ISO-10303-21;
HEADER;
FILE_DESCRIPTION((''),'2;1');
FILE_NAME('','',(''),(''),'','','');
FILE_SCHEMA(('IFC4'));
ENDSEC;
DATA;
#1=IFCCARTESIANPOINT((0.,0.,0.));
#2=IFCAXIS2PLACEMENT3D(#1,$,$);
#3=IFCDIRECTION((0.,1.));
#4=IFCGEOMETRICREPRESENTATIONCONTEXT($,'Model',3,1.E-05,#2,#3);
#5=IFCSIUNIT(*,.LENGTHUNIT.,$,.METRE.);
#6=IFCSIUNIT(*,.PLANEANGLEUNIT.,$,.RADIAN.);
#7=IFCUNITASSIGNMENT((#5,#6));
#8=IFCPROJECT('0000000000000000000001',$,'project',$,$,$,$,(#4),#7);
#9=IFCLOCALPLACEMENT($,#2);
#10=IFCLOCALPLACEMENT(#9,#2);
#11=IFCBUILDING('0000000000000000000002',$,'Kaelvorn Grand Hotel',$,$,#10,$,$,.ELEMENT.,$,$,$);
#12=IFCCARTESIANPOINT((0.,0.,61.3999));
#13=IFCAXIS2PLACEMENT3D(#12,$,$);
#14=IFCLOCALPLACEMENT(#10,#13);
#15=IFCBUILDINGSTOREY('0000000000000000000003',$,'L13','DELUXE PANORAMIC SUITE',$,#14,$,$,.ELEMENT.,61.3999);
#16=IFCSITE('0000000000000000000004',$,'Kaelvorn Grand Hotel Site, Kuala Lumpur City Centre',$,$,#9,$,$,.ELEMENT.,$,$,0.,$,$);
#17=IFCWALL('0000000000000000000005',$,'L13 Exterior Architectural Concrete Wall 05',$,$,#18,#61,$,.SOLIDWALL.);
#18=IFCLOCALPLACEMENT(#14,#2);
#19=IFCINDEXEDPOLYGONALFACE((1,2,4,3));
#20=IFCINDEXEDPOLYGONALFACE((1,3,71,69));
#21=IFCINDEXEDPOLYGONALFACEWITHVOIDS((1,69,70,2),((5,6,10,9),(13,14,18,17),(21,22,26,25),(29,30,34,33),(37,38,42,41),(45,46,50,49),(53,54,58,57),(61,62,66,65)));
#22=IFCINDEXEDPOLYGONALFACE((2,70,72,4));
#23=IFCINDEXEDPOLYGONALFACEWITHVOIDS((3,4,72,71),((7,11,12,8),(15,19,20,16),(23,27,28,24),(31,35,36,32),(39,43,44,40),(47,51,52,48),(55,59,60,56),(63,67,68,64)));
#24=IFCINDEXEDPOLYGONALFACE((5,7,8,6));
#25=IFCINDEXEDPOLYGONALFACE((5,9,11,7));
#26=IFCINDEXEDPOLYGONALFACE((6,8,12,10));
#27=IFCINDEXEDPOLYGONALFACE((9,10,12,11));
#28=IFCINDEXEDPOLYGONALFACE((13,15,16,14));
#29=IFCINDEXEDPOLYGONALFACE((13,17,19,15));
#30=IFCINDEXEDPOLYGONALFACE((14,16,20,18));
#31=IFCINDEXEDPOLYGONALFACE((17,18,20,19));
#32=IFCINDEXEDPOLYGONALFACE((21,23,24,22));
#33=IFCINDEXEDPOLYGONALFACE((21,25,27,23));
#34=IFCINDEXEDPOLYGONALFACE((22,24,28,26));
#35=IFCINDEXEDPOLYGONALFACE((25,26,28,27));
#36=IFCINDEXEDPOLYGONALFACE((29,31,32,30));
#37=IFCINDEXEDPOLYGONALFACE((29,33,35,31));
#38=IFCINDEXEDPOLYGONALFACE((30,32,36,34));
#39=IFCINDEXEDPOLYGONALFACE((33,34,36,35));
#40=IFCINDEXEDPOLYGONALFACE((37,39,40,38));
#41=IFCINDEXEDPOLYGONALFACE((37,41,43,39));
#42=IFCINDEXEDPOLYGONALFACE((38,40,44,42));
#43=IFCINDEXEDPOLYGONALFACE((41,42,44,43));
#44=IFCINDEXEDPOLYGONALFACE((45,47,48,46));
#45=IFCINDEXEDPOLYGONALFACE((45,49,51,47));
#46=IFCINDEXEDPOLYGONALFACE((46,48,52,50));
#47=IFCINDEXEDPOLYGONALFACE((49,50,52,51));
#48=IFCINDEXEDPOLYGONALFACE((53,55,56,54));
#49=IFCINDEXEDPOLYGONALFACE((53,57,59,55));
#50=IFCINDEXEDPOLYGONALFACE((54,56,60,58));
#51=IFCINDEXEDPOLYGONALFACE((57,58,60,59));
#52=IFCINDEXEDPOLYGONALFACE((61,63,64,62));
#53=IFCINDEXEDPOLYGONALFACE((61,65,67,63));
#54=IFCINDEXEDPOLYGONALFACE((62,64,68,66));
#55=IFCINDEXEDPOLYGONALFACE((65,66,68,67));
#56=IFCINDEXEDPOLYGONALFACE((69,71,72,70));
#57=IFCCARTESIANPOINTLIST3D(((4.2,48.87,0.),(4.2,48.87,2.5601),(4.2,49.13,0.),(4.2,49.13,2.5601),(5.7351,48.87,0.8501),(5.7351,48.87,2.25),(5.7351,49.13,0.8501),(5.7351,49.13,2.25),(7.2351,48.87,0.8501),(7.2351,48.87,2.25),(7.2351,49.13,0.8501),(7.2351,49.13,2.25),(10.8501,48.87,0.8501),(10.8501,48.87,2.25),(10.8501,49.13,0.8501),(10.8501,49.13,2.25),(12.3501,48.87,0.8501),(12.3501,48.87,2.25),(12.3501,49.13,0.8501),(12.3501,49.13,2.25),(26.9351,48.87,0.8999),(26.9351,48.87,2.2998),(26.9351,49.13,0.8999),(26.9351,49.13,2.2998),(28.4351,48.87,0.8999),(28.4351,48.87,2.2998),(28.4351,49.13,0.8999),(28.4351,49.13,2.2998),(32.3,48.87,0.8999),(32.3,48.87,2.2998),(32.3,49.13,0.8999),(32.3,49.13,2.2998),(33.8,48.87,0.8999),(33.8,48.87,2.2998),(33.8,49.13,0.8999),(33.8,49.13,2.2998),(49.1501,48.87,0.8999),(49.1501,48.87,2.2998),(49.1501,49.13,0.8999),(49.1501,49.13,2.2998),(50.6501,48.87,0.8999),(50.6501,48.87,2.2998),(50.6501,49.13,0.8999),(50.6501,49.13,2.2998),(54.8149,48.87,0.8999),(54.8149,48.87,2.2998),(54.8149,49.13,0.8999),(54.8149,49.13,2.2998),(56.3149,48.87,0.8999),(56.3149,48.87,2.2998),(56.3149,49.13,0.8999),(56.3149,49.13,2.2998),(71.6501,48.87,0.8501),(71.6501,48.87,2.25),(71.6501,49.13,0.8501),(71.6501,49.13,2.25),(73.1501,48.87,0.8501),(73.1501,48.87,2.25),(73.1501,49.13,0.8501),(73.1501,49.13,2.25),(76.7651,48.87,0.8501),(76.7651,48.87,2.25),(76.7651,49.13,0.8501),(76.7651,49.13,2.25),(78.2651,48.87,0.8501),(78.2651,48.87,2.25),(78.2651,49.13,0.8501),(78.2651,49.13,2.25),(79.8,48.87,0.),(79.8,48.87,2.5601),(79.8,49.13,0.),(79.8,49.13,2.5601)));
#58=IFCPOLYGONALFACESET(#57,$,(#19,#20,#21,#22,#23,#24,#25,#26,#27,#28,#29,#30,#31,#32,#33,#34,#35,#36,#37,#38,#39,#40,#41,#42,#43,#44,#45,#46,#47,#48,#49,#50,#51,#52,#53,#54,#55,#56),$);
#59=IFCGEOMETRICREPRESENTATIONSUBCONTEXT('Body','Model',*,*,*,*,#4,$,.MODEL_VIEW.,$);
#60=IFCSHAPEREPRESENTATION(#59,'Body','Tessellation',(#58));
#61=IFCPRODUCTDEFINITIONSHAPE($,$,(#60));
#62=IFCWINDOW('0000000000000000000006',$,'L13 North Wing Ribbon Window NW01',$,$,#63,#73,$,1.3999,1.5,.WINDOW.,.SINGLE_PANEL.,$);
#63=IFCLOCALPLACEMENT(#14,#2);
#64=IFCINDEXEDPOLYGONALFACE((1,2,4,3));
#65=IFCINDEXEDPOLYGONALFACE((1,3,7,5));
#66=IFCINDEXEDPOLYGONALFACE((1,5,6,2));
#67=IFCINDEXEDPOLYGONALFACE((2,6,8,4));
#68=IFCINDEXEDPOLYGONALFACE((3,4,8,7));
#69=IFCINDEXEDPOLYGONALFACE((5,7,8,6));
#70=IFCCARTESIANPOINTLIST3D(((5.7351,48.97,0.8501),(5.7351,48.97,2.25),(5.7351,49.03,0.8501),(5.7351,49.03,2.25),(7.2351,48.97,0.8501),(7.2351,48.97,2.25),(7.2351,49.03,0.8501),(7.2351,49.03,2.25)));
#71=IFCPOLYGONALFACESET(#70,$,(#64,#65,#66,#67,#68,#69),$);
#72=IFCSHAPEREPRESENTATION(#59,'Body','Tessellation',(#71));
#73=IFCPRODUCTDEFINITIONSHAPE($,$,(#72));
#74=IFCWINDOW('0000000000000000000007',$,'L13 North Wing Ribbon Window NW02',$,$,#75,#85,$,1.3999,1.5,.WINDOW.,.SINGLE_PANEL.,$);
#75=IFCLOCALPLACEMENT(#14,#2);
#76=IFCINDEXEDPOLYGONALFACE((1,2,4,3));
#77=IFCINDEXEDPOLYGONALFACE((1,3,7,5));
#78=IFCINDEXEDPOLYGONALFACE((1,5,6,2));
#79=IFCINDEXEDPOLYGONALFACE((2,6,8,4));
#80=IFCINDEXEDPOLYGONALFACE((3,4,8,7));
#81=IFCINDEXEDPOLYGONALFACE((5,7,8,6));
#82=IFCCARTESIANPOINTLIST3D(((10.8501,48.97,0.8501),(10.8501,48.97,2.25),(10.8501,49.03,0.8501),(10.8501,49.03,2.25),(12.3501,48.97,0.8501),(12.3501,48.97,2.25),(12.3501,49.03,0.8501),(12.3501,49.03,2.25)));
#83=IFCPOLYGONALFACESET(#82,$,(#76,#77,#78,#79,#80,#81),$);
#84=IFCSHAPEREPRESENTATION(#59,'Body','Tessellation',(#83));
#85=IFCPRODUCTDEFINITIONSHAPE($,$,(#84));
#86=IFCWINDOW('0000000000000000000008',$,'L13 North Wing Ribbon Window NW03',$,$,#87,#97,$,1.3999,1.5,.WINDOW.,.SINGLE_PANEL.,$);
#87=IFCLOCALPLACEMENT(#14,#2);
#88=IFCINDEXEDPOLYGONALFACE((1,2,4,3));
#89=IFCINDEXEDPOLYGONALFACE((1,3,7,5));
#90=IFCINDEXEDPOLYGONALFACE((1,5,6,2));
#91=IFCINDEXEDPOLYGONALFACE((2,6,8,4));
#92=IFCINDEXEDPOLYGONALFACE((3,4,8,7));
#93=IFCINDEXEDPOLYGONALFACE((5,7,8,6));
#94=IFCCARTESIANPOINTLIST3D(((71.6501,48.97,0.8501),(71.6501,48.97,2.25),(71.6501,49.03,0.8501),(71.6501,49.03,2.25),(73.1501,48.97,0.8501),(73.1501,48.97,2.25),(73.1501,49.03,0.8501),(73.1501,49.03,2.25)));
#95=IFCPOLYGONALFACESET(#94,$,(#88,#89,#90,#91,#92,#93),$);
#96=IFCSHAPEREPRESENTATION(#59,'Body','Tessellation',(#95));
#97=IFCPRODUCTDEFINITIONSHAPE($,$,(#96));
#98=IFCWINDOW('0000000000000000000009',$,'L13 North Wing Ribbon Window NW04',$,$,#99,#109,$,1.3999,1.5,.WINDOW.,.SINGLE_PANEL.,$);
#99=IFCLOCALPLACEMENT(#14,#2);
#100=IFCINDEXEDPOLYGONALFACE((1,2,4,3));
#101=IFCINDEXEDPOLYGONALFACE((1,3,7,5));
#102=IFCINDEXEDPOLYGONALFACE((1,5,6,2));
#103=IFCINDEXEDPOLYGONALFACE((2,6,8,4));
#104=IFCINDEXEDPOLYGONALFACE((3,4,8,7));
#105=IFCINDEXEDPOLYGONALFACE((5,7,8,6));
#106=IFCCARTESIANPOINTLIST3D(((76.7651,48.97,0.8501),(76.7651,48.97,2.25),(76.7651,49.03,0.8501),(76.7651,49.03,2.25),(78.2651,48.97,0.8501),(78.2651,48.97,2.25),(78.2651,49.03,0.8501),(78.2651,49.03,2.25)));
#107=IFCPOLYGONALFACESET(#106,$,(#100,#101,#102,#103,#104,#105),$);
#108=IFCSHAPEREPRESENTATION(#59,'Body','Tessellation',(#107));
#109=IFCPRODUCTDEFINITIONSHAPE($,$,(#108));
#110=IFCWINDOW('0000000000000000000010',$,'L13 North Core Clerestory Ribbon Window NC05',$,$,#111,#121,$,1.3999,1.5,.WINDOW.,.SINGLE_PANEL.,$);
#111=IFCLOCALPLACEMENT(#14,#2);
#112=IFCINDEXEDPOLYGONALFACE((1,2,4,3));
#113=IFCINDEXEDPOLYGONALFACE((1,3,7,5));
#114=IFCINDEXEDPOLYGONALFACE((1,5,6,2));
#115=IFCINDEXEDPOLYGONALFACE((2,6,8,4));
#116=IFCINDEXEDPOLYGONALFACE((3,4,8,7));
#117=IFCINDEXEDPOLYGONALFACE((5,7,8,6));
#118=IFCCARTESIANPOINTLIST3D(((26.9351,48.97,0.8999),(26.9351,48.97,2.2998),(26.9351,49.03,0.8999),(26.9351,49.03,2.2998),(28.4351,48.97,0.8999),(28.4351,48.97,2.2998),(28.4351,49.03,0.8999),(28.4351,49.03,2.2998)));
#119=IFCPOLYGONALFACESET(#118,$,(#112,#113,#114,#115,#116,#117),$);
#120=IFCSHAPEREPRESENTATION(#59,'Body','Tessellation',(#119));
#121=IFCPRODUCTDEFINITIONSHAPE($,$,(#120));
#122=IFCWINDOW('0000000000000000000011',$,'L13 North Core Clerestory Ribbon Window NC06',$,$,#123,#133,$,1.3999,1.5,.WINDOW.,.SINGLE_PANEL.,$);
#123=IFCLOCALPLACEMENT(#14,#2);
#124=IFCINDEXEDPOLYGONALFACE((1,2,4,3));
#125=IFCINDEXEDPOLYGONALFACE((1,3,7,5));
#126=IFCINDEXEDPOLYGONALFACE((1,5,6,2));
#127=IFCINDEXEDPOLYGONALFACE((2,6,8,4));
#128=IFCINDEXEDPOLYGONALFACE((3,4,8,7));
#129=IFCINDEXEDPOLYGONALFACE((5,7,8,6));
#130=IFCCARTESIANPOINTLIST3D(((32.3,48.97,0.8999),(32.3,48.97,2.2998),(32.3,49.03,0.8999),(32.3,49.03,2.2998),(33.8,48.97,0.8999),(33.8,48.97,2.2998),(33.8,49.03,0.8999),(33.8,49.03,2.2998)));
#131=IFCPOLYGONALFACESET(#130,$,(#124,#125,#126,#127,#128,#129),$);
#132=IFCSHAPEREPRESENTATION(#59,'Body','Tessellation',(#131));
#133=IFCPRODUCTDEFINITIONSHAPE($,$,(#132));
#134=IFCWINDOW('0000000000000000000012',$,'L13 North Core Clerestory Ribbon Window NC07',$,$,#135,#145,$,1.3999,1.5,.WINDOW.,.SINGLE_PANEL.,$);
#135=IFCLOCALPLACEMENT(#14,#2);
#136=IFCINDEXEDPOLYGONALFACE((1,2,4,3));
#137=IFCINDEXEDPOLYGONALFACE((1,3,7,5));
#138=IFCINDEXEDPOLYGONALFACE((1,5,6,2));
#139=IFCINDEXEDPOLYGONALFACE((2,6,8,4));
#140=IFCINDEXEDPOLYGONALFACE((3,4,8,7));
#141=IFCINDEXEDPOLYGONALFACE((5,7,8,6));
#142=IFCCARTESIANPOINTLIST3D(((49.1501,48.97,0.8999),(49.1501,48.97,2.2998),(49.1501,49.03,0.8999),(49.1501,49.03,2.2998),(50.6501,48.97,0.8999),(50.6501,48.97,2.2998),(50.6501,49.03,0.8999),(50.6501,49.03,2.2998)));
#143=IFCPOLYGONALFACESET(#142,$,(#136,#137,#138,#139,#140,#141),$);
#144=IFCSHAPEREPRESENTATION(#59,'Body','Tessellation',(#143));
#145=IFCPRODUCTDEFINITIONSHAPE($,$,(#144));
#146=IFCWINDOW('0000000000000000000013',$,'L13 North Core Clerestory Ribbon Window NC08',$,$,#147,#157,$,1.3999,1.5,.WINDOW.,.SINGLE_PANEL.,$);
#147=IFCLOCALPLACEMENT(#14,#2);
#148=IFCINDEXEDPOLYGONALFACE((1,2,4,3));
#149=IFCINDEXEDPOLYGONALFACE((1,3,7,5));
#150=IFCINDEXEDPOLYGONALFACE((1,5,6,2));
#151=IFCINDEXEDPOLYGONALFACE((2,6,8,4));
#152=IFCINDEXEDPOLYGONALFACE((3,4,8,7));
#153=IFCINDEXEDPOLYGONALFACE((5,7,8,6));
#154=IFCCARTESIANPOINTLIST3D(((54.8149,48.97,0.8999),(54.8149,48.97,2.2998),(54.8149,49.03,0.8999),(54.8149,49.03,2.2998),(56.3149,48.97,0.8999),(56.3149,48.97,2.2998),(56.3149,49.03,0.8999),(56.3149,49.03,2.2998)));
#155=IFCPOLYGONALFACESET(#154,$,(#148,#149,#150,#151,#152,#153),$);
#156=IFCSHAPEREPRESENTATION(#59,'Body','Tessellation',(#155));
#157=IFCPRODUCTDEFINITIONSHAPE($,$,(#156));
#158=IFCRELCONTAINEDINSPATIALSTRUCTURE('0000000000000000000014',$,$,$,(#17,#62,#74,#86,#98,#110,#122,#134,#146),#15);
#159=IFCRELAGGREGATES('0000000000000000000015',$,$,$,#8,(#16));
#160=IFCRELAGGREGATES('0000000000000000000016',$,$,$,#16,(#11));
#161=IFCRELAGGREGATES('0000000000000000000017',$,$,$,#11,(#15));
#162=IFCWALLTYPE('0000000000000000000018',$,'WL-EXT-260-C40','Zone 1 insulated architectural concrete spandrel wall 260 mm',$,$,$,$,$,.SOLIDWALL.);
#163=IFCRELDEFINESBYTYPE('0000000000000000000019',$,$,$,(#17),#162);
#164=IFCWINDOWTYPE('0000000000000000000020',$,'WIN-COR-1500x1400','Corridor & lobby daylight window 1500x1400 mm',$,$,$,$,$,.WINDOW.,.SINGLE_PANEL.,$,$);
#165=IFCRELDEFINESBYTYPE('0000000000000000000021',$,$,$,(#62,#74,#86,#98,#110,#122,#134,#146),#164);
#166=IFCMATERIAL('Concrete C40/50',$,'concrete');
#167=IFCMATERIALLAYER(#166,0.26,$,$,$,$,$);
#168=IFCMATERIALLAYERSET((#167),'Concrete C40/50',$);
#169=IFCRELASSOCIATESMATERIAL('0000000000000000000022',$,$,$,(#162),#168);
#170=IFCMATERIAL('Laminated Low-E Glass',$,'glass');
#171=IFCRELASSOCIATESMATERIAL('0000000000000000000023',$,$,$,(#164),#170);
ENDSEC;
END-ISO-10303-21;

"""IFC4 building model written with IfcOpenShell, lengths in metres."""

from ifc_helpers import new_model, si_unit, direction, frame, frame_2d, origin, place, context, subcontext, project, spatial, rectangle, extrude, material, layer, layer_set, type_object, element, fill, save


model = new_model("IFC4")

# Units and contexts
model_context = context("Model", 3, precision=1e-05, world=origin(), true_north=direction((0.0, 1.0)))
body_context = subcontext(model_context, "Body", "Model", "MODEL_VIEW")
ifc_project = project(units=[si_unit("LENGTHUNIT", "METRE"), si_unit("PLANEANGLEUNIT", "RADIAN")], contexts=[model_context])

# Site, building, storey
site_placement = place(None, origin())
site = spatial("IfcSite", under=ifc_project, at=site_placement, Name="Kaelvorn Grand Hotel Site, Kuala Lumpur City Centre", CompositionType="ELEMENT", RefElevation=0.0)
building_placement = place(site_placement, origin())
building = spatial("IfcBuilding", under=site, at=building_placement, Name="Kaelvorn Grand Hotel", CompositionType="ELEMENT")
storey_placement = place(building_placement, frame((0.0, 0.0, 61.3999)))
storey = spatial("IfcBuildingStorey", under=building, at=storey_placement, Name="L13", Description="DELUXE PANORAMIC SUITE", CompositionType="ELEMENT", Elevation=61.3999)

# Shared definitions
ifc_material_1 = material(Name="Concrete C40/50", Category="concrete")
ifc_layer_1 = layer(ifc_material_1, 0.26)
ifc_layer_set_1 = layer_set([ifc_layer_1], Name="Concrete C40/50")
wall_type = type_object("IfcWallType", Name="WL-EXT-260-C40", Description="Zone 1 insulated architectural concrete spandrel wall 260 mm", PredefinedType="SOLIDWALL", material=ifc_layer_set_1)

# Wall, openings, windows
wall_1_placement = place(storey_placement, frame((79.8, 49.0, 0.0), z_axis=(0.0, 0.0, 1.0), x_axis=(-1.0, 0.0, 0.0)))
wall_1 = element("IfcWall", 1, at=wall_1_placement, inside=storey, type_object=wall_type, Name="L13 Exterior Architectural Concrete Wall 05", PredefinedType="SOLIDWALL", context=body_context, shape_type="SweptSolid", body=[
    extrude(rectangle(XDim=75.6001, YDim=0.26, at=frame_2d((37.8, 0.0))), origin(), (0.0, 0.0, 1.0), 2.5601),
])
opening_1_placement = place(wall_1_placement, frame((72.5649, 0.0, 0.8501)))
opening_1 = element("IfcOpeningElement", 2, at=opening_1_placement, cuts=wall_1, PredefinedType="OPENING", context=body_context, shape_type="SweptSolid", body=[
    extrude(rectangle(XDim=1.5, YDim=1.3999, at=frame_2d((0.75, 0.7))), frame((0.0, 0.1401, 0.0), z_axis=(0.0, -1.0, 0.0), x_axis=(1.0, 0.0, 0.0)), (0.0, 0.0, 1.0), 0.28),
])
opening_2_placement = place(wall_1_placement, frame((67.45, 0.0, 0.8501)))
opening_2 = element("IfcOpeningElement", 3, at=opening_2_placement, cuts=wall_1, PredefinedType="OPENING", context=body_context, shape_type="SweptSolid", body=[
    extrude(rectangle(XDim=1.5, YDim=1.3999, at=frame_2d((0.75, 0.7))), frame((0.0, 0.1401, 0.0), z_axis=(0.0, -1.0, 0.0), x_axis=(1.0, 0.0, 0.0)), (0.0, 0.0, 1.0), 0.28),
])
opening_3_placement = place(wall_1_placement, frame((6.6499, 0.0, 0.8501)))
opening_3 = element("IfcOpeningElement", 4, at=opening_3_placement, cuts=wall_1, PredefinedType="OPENING", context=body_context, shape_type="SweptSolid", body=[
    extrude(rectangle(XDim=1.5, YDim=1.3999, at=frame_2d((0.75, 0.7))), frame((0.0, 0.1401, 0.0), z_axis=(0.0, -1.0, 0.0), x_axis=(1.0, 0.0, 0.0)), (0.0, 0.0, 1.0), 0.28),
])
opening_4_placement = place(wall_1_placement, frame((1.5349, 0.0, 0.8501)))
opening_4 = element("IfcOpeningElement", 5, at=opening_4_placement, cuts=wall_1, PredefinedType="OPENING", context=body_context, shape_type="SweptSolid", body=[
    extrude(rectangle(XDim=1.5, YDim=1.3999, at=frame_2d((0.75, 0.7))), frame((0.0, 0.1401, 0.0), z_axis=(0.0, -1.0, 0.0), x_axis=(1.0, 0.0, 0.0)), (0.0, 0.0, 1.0), 0.28),
])
opening_5_placement = place(wall_1_placement, frame((51.365, 0.0, 0.8999)))
opening_5 = element("IfcOpeningElement", 6, at=opening_5_placement, cuts=wall_1, PredefinedType="OPENING", context=body_context, shape_type="SweptSolid", body=[
    extrude(rectangle(XDim=1.5, YDim=1.3999, at=frame_2d((0.75, 0.7))), frame((0.0, 0.1401, 0.0), z_axis=(0.0, -1.0, 0.0), x_axis=(1.0, 0.0, 0.0)), (0.0, 0.0, 1.0), 0.28),
])
opening_6_placement = place(wall_1_placement, frame((46.0, 0.0, 0.8999)))
opening_6 = element("IfcOpeningElement", 7, at=opening_6_placement, cuts=wall_1, PredefinedType="OPENING", context=body_context, shape_type="SweptSolid", body=[
    extrude(rectangle(XDim=1.5, YDim=1.3999, at=frame_2d((0.75, 0.7))), frame((0.0, 0.1401, 0.0), z_axis=(0.0, -1.0, 0.0), x_axis=(1.0, 0.0, 0.0)), (0.0, 0.0, 1.0), 0.28),
])
opening_7_placement = place(wall_1_placement, frame((29.1499, 0.0, 0.8999)))
opening_7 = element("IfcOpeningElement", 8, at=opening_7_placement, cuts=wall_1, PredefinedType="OPENING", context=body_context, shape_type="SweptSolid", body=[
    extrude(rectangle(XDim=1.5, YDim=1.3999, at=frame_2d((0.75, 0.7))), frame((0.0, 0.1401, 0.0), z_axis=(0.0, -1.0, 0.0), x_axis=(1.0, 0.0, 0.0)), (0.0, 0.0, 1.0), 0.28),
])
opening_8_placement = place(wall_1_placement, frame((23.4851, 0.0, 0.8999)))
opening_8 = element("IfcOpeningElement", 9, at=opening_8_placement, cuts=wall_1, PredefinedType="OPENING", context=body_context, shape_type="SweptSolid", body=[
    extrude(rectangle(XDim=1.5, YDim=1.3999, at=frame_2d((0.75, 0.7))), frame((0.0, 0.1401, 0.0), z_axis=(0.0, -1.0, 0.0), x_axis=(1.0, 0.0, 0.0)), (0.0, 0.0, 1.0), 0.28),
])
ifc_material_2 = material(Name="Laminated Low-E Glass", Category="glass")
window_type = type_object("IfcWindowType", Name="WIN-COR-1500x1400", Description="Corridor & lobby daylight window 1500x1400 mm", PartitioningType="SINGLE_PANEL", PredefinedType="WINDOW", material=ifc_material_2)
window_1_placement = place(opening_1_placement, origin())
window_1 = element("IfcWindow", 10, at=window_1_placement, inside=storey, type_object=window_type, Name="L13 North Wing Ribbon Window NW01", OverallHeight=1.3999, OverallWidth=1.5, PartitioningType="SINGLE_PANEL", PredefinedType="WINDOW", context=body_context, shape_type="SweptSolid", body=[
    extrude(rectangle(XDim=1.5, YDim=1.3999, at=frame_2d((0.75, 0.7))), frame((0.0, 0.03, 0.0), z_axis=(0.0, -1.0, 0.0), x_axis=(1.0, 0.0, 0.0)), (0.0, 0.0, 1.0), 0.0601),
])
fill(opening_1, window_1)
window_2_placement = place(opening_2_placement, origin())
window_2 = element("IfcWindow", 11, at=window_2_placement, inside=storey, type_object=window_type, Name="L13 North Wing Ribbon Window NW02", OverallHeight=1.3999, OverallWidth=1.5, PartitioningType="SINGLE_PANEL", PredefinedType="WINDOW", context=body_context, shape_type="SweptSolid", body=[
    extrude(rectangle(XDim=1.5, YDim=1.3999, at=frame_2d((0.75, 0.7))), frame((0.0, 0.03, 0.0), z_axis=(0.0, -1.0, 0.0), x_axis=(1.0, 0.0, 0.0)), (0.0, 0.0, 1.0), 0.0601),
])
fill(opening_2, window_2)
window_3_placement = place(opening_3_placement, origin())
window_3 = element("IfcWindow", 12, at=window_3_placement, inside=storey, type_object=window_type, Name="L13 North Wing Ribbon Window NW03", OverallHeight=1.3999, OverallWidth=1.5, PartitioningType="SINGLE_PANEL", PredefinedType="WINDOW", context=body_context, shape_type="SweptSolid", body=[
    extrude(rectangle(XDim=1.5, YDim=1.3999, at=frame_2d((0.75, 0.7))), frame((0.0, 0.03, 0.0), z_axis=(0.0, -1.0, 0.0), x_axis=(1.0, 0.0, 0.0)), (0.0, 0.0, 1.0), 0.0601),
])
fill(opening_3, window_3)
window_4_placement = place(opening_4_placement, origin())
window_4 = element("IfcWindow", 13, at=window_4_placement, inside=storey, type_object=window_type, Name="L13 North Wing Ribbon Window NW04", OverallHeight=1.3999, OverallWidth=1.5, PartitioningType="SINGLE_PANEL", PredefinedType="WINDOW", context=body_context, shape_type="SweptSolid", body=[
    extrude(rectangle(XDim=1.5, YDim=1.3999, at=frame_2d((0.75, 0.7))), frame((0.0, 0.03, 0.0), z_axis=(0.0, -1.0, 0.0), x_axis=(1.0, 0.0, 0.0)), (0.0, 0.0, 1.0), 0.0601),
])
fill(opening_4, window_4)
window_5_placement = place(opening_5_placement, origin())
window_5 = element("IfcWindow", 14, at=window_5_placement, inside=storey, type_object=window_type, Name="L13 North Core Clerestory Ribbon Window NC05", OverallHeight=1.3999, OverallWidth=1.5, PartitioningType="SINGLE_PANEL", PredefinedType="WINDOW", context=body_context, shape_type="SweptSolid", body=[
    extrude(rectangle(XDim=1.5, YDim=1.3999, at=frame_2d((0.75, 0.7))), frame((0.0, 0.03, 0.0), z_axis=(0.0, -1.0, 0.0), x_axis=(1.0, 0.0, 0.0)), (0.0, 0.0, 1.0), 0.0601),
])
fill(opening_5, window_5)
window_6_placement = place(opening_6_placement, origin())
window_6 = element("IfcWindow", 15, at=window_6_placement, inside=storey, type_object=window_type, Name="L13 North Core Clerestory Ribbon Window NC06", OverallHeight=1.3999, OverallWidth=1.5, PartitioningType="SINGLE_PANEL", PredefinedType="WINDOW", context=body_context, shape_type="SweptSolid", body=[
    extrude(rectangle(XDim=1.5, YDim=1.3999, at=frame_2d((0.75, 0.7))), frame((0.0, 0.03, 0.0), z_axis=(0.0, -1.0, 0.0), x_axis=(1.0, 0.0, 0.0)), (0.0, 0.0, 1.0), 0.0601),
])
fill(opening_6, window_6)
window_7_placement = place(opening_7_placement, origin())
window_7 = element("IfcWindow", 16, at=window_7_placement, inside=storey, type_object=window_type, Name="L13 North Core Clerestory Ribbon Window NC07", OverallHeight=1.3999, OverallWidth=1.5, PartitioningType="SINGLE_PANEL", PredefinedType="WINDOW", context=body_context, shape_type="SweptSolid", body=[
    extrude(rectangle(XDim=1.5, YDim=1.3999, at=frame_2d((0.75, 0.7))), frame((0.0, 0.03, 0.0), z_axis=(0.0, -1.0, 0.0), x_axis=(1.0, 0.0, 0.0)), (0.0, 0.0, 1.0), 0.0601),
])
fill(opening_7, window_7)
window_8_placement = place(opening_8_placement, origin())
window_8 = element("IfcWindow", 17, at=window_8_placement, inside=storey, type_object=window_type, Name="L13 North Core Clerestory Ribbon Window NC08", OverallHeight=1.3999, OverallWidth=1.5, PartitioningType="SINGLE_PANEL", PredefinedType="WINDOW", context=body_context, shape_type="SweptSolid", body=[
    extrude(rectangle(XDim=1.5, YDim=1.3999, at=frame_2d((0.75, 0.7))), frame((0.0, 0.03, 0.0), z_axis=(0.0, -1.0, 0.0), x_axis=(1.0, 0.0, 0.0)), (0.0, 0.0, 1.0), 0.0601),
])
fill(opening_8, window_8)

save(model, "model.ifc")
